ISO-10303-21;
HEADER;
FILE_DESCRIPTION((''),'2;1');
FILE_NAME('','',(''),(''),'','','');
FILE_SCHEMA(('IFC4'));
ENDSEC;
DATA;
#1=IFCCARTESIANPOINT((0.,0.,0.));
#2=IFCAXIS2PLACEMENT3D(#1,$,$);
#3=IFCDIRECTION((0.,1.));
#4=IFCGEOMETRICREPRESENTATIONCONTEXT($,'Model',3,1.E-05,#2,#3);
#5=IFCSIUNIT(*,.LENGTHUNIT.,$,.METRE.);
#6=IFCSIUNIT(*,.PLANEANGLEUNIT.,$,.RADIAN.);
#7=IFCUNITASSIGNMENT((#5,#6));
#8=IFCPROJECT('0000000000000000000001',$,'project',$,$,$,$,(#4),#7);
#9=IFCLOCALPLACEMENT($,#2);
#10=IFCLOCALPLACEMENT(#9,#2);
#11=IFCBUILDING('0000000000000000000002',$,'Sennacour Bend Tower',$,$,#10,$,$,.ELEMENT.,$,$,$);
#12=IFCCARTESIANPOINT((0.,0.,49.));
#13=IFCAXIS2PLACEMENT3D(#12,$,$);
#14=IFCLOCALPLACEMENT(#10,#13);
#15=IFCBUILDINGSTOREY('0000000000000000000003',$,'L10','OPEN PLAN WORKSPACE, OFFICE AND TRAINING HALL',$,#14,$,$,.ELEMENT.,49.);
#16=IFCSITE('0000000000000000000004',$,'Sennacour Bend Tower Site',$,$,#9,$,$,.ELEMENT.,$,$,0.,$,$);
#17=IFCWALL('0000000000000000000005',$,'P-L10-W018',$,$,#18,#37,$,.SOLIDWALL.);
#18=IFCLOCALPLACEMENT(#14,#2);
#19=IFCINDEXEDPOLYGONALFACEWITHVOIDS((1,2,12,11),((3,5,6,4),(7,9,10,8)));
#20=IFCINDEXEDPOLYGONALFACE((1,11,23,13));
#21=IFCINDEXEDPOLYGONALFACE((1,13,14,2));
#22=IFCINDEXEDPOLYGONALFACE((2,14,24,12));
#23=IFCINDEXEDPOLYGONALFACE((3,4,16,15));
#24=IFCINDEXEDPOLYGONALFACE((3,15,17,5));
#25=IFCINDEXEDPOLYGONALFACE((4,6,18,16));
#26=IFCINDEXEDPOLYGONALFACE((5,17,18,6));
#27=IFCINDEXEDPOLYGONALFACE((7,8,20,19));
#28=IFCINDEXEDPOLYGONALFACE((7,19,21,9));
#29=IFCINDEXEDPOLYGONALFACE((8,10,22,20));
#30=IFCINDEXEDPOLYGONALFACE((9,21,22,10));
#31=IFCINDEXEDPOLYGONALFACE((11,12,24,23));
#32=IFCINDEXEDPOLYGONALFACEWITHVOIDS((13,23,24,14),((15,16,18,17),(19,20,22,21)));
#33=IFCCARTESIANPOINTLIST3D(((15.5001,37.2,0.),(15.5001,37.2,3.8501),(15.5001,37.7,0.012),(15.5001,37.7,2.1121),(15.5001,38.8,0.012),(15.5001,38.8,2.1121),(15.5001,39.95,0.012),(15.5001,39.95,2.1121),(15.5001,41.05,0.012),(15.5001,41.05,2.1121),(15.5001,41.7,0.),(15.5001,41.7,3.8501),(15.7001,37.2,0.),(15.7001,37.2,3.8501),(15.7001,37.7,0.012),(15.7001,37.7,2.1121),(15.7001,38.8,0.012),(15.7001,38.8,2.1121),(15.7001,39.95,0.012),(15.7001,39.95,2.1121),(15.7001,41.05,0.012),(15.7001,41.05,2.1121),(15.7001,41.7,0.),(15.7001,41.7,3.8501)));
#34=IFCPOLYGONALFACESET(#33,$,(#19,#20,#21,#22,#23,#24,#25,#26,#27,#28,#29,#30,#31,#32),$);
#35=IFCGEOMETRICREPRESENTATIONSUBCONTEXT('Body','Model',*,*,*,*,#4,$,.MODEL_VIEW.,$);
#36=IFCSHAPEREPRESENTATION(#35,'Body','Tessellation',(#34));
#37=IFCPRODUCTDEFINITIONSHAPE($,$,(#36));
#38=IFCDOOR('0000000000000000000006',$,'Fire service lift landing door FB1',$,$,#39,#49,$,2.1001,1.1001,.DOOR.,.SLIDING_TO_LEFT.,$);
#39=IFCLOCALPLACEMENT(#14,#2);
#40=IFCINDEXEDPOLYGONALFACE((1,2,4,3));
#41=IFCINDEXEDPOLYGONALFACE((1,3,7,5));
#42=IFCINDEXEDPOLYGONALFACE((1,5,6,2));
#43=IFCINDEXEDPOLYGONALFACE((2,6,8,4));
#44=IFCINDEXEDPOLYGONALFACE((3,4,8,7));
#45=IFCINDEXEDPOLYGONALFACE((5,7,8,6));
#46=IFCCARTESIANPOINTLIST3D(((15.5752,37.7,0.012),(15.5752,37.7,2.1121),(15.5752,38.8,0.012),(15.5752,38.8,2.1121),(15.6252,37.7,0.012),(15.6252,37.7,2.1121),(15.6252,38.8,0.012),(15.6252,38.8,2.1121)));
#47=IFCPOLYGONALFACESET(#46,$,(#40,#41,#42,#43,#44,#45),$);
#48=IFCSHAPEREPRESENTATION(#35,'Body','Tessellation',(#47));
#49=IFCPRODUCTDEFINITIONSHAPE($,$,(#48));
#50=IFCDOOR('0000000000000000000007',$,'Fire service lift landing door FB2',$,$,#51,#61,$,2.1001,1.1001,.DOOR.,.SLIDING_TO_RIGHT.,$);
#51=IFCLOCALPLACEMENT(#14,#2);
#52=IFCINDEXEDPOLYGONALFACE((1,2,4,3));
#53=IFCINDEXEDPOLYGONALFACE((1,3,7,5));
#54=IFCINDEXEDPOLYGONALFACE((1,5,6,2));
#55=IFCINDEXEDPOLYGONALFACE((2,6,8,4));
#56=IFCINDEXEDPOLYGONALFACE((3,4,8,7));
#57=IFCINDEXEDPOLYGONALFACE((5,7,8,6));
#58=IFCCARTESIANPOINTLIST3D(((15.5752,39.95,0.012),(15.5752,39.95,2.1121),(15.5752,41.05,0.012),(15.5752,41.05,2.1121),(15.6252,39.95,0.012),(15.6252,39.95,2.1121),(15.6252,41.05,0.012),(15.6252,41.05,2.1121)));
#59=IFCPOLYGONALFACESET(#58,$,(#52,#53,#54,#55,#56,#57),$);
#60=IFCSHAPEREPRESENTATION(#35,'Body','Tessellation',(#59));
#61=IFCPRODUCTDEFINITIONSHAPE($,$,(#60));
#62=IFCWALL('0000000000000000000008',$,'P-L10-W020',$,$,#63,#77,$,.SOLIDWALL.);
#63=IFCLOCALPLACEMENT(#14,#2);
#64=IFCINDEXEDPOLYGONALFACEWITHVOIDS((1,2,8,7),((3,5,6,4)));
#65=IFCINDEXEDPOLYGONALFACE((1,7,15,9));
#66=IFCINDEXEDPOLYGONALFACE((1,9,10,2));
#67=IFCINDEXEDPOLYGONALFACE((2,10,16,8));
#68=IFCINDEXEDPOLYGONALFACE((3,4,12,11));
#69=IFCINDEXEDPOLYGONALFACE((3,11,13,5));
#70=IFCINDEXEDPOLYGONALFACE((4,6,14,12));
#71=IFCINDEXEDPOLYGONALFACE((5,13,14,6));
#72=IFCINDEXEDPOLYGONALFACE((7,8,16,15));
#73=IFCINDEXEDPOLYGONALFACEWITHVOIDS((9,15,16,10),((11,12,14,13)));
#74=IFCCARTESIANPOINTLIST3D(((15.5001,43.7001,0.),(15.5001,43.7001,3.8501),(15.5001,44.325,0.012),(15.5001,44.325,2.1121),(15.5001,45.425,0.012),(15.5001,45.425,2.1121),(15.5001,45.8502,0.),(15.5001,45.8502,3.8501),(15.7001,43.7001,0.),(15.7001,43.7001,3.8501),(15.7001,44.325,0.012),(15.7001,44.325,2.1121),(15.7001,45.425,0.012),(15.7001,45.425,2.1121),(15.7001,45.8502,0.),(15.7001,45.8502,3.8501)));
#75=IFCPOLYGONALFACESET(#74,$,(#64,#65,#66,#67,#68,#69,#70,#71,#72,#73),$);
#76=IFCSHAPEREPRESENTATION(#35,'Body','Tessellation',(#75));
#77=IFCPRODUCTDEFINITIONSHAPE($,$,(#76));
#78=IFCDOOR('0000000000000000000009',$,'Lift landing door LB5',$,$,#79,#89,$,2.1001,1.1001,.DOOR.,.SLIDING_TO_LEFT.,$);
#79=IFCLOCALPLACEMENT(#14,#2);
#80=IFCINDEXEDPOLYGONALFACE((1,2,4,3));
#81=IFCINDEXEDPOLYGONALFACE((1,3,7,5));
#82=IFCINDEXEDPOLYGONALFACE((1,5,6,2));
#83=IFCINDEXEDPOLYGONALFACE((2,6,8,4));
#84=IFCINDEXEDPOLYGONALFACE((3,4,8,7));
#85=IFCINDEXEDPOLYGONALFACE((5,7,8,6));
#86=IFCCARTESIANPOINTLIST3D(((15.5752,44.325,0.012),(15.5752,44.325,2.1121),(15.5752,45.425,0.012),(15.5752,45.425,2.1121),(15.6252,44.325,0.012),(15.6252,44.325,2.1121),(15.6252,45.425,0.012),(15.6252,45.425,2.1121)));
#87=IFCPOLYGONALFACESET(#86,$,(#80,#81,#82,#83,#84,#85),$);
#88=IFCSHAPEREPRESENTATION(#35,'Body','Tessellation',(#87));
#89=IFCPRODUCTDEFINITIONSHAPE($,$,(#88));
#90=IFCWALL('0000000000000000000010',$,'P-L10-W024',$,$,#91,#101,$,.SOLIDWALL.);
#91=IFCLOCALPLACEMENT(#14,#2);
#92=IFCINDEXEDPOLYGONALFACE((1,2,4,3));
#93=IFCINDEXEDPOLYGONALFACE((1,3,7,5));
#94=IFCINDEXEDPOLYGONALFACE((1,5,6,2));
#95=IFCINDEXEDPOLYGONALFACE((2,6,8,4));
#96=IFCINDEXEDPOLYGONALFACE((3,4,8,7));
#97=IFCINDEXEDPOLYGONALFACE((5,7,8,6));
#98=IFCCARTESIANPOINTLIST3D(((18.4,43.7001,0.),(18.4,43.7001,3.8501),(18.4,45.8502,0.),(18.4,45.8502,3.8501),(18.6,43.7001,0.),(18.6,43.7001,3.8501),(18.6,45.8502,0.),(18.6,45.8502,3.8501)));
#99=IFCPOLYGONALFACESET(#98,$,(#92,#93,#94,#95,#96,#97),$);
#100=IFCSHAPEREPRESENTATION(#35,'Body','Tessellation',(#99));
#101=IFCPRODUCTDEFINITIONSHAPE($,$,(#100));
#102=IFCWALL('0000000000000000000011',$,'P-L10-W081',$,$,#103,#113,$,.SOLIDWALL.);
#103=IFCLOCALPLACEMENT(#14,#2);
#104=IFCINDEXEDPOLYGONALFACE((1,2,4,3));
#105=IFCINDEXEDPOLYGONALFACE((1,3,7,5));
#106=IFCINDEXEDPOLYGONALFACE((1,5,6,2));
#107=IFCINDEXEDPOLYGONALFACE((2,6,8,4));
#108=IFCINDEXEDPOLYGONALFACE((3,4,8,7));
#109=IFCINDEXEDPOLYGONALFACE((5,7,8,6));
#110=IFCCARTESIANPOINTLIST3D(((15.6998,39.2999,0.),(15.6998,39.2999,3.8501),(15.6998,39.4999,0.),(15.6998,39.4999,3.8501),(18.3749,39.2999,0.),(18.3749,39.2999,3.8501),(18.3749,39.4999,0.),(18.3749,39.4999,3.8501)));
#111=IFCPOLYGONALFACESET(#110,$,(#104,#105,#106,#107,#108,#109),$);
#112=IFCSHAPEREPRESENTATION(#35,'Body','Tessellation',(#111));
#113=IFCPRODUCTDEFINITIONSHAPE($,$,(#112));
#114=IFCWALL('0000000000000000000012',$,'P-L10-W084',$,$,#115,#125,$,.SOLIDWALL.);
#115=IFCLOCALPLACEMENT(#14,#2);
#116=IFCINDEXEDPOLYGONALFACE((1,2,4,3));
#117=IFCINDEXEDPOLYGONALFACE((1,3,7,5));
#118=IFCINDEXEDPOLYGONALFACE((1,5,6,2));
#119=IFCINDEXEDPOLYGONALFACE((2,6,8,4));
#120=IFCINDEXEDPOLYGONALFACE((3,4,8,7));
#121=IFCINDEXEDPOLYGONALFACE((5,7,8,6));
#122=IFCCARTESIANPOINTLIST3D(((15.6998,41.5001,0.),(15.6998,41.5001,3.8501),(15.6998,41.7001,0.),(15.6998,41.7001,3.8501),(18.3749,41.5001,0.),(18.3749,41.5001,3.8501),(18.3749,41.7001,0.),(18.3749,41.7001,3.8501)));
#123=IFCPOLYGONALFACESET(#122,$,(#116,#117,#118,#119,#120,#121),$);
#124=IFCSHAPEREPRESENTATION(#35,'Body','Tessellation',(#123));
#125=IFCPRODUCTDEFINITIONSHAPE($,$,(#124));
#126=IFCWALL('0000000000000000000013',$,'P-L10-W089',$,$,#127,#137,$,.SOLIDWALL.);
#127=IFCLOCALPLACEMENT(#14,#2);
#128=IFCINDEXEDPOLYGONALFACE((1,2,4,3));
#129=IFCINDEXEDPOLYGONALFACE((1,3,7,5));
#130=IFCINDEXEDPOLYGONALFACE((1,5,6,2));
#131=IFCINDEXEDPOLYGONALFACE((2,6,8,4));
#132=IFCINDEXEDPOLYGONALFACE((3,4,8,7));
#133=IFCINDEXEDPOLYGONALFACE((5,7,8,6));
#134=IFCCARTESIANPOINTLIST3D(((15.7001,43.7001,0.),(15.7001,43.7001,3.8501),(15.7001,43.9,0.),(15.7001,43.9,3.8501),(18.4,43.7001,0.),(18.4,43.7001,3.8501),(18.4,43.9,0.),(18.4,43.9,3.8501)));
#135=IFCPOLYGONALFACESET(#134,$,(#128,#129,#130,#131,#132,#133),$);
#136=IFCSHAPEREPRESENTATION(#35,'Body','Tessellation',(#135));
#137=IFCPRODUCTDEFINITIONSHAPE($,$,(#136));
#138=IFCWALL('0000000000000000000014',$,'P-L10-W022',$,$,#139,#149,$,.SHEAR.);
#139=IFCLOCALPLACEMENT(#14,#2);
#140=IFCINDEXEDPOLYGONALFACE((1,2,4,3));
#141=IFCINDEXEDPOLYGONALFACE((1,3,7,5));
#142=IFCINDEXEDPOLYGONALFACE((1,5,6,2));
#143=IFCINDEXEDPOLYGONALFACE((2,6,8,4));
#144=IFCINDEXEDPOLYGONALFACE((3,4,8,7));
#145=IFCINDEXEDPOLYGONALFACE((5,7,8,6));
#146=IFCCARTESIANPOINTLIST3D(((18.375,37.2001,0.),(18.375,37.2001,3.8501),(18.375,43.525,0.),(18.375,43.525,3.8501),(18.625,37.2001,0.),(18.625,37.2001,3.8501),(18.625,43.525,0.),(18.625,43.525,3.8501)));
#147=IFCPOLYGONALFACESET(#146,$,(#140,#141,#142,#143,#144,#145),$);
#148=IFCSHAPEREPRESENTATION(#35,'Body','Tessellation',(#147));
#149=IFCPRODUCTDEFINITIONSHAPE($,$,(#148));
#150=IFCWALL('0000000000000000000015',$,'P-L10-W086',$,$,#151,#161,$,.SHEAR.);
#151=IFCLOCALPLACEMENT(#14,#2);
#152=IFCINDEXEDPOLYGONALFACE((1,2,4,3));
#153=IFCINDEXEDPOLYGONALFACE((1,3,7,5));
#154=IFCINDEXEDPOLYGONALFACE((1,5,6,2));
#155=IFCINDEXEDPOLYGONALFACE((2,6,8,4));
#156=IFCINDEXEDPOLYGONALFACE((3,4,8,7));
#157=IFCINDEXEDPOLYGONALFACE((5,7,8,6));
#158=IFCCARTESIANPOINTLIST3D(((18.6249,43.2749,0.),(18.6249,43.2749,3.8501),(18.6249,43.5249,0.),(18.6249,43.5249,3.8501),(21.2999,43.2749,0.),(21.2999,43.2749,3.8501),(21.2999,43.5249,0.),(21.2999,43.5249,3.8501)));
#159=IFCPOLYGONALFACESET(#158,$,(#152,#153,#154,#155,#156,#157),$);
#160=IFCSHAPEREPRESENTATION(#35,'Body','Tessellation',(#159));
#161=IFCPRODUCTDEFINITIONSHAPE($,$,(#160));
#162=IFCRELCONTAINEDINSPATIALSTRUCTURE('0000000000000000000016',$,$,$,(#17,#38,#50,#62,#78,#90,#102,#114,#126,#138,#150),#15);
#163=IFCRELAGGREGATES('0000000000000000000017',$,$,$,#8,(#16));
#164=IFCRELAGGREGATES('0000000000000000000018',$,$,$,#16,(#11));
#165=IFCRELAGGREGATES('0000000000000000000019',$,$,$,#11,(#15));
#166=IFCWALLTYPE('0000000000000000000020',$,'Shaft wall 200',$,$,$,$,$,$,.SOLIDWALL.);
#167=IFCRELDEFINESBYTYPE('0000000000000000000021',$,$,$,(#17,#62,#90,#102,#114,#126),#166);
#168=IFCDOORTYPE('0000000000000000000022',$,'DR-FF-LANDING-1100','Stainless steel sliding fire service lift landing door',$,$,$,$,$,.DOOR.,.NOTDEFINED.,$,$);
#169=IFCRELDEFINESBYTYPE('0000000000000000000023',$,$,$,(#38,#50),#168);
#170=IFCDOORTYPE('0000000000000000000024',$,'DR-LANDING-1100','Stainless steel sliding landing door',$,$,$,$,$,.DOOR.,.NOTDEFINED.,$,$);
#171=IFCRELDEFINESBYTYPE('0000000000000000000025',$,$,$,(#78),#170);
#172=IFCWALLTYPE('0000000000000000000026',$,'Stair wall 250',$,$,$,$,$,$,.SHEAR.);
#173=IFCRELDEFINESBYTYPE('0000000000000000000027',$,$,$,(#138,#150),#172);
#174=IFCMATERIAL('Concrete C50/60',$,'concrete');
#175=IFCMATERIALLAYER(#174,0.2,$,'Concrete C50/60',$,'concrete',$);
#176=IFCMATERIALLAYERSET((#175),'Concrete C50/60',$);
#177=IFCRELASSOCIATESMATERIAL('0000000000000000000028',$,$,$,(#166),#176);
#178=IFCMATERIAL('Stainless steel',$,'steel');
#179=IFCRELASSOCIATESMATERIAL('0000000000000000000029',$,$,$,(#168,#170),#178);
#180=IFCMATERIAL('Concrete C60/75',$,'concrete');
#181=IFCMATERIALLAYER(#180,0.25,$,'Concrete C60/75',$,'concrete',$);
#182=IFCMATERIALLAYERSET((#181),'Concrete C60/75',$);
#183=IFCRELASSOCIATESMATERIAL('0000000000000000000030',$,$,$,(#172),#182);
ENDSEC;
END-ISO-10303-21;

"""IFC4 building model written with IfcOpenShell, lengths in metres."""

from ifc_helpers import new_model, si_unit, direction, frame, frame_2d, origin, place, context, subcontext, project, spatial, rectangle, extrude, material, layer, layer_set, type_object, element, fill, save


model = new_model("IFC4")

# Units and contexts
model_context = context("Model", 3, precision=1e-05, world=origin(), true_north=direction((0.0, 1.0)))
body_context = subcontext(model_context, "Body", "Model", "MODEL_VIEW")
ifc_project = project(units=[si_unit("LENGTHUNIT", "METRE"), si_unit("PLANEANGLEUNIT", "RADIAN")], contexts=[model_context])

# Site, building, storey
site_placement = place(None, origin())
site = spatial("IfcSite", under=ifc_project, at=site_placement, Name="Sennacour Bend Tower Site", CompositionType="ELEMENT", RefElevation=0.0)
building_placement = place(site_placement, origin())
building = spatial("IfcBuilding", under=site, at=building_placement, Name="Sennacour Bend Tower", CompositionType="ELEMENT")
storey_placement = place(building_placement, frame((0.0, 0.0, 49.0)))
storey = spatial("IfcBuildingStorey", under=building, at=storey_placement, Name="L10", Description="OPEN PLAN WORKSPACE, OFFICE AND TRAINING HALL", CompositionType="ELEMENT", Elevation=49.0)

# Wall, openings, doors
ifc_material_1 = material(Name="Concrete C50/60", Category="concrete")
ifc_layer_1 = layer(ifc_material_1, 0.2, Name="Concrete C50/60", Category="concrete")
ifc_layer_set_1 = layer_set([ifc_layer_1], Name="Concrete C50/60")
wall_type_1 = type_object("IfcWallType", Name="Shaft wall 200", PredefinedType="SOLIDWALL", material=ifc_layer_set_1)
wall_1_placement = place(storey_placement, frame((15.6001, 37.2, 0.0), z_axis=(0.0, 0.0, 1.0), x_axis=(0.0, 1.0, 0.0)))
wall_1 = element("IfcWall", 1, at=wall_1_placement, inside=storey, type_object=wall_type_1, Name="P-L10-W018", PredefinedType="SOLIDWALL", context=body_context, shape_type="SweptSolid", body=[
    extrude(rectangle(XDim=4.5, YDim=0.2, at=frame_2d((2.25, 0.0))), origin(), (0.0, 0.0, 1.0), 3.8501),
])
opening_1_placement = place(wall_1_placement, frame((0.5, 0.0, 0.012)))
opening_1 = element("IfcOpeningElement", 2, at=opening_1_placement, cuts=wall_1, PredefinedType="OPENING", context=body_context, shape_type="SweptSolid", body=[
    extrude(rectangle(XDim=1.1001, YDim=2.1001, at=frame_2d((0.55, 1.05))), frame((0.0, 0.1099, 0.0), z_axis=(0.0, -1.0, 0.0), x_axis=(1.0, 0.0, 0.0)), (0.0, 0.0, 1.0), 0.22),
])
opening_2_placement = place(wall_1_placement, frame((2.75, 0.0, 0.012)))
opening_2 = element("IfcOpeningElement", 3, at=opening_2_placement, cuts=wall_1, PredefinedType="OPENING", context=body_context, shape_type="SweptSolid", body=[
    extrude(rectangle(XDim=1.1001, YDim=2.1001, at=frame_2d((0.55, 1.05))), frame((0.0, 0.1099, 0.0), z_axis=(0.0, -1.0, 0.0), x_axis=(1.0, 0.0, 0.0)), (0.0, 0.0, 1.0), 0.22),
])
ifc_material_2 = material(Name="Stainless steel", Category="steel")
door_type_1 = type_object("IfcDoorType", Name="DR-FF-LANDING-1100", Description="Stainless steel sliding fire service lift landing door", OperationType="NOTDEFINED", PredefinedType="DOOR", material=ifc_material_2)
door_1_placement = place(opening_1_placement, origin())
door_1 = element("IfcDoor", 4, at=door_1_placement, inside=storey, type_object=door_type_1, Name="Fire service lift landing door FB1", OperationType="SLIDING_TO_LEFT", OverallHeight=2.1001, OverallWidth=1.1001, PredefinedType="DOOR", context=body_context, shape_type="SweptSolid", body=[
    extrude(rectangle(XDim=1.1001, YDim=2.1001, at=frame_2d((0.55, 1.05))), frame((0.0, 0.0249, 0.0), z_axis=(0.0, -1.0, 0.0), x_axis=(1.0, 0.0, 0.0)), (0.0, 0.0, 1.0), 0.05),
])
fill(opening_1, door_1)
door_2_placement = place(opening_2_placement, origin())
door_2 = element("IfcDoor", 5, at=door_2_placement, inside=storey, type_object=door_type_1, Name="Fire service lift landing door FB2", OperationType="SLIDING_TO_RIGHT", OverallHeight=2.1001, OverallWidth=1.1001, PredefinedType="DOOR", context=body_context, shape_type="SweptSolid", body=[
    extrude(rectangle(XDim=1.1001, YDim=2.1001, at=frame_2d((0.55, 1.05))), frame((0.0, 0.0249, 0.0), z_axis=(0.0, -1.0, 0.0), x_axis=(1.0, 0.0, 0.0)), (0.0, 0.0, 1.0), 0.05),
])
fill(opening_2, door_2)

# Wall, opening, door
wall_2_placement = place(storey_placement, frame((15.6001, 43.7, 0.0), z_axis=(0.0, 0.0, 1.0), x_axis=(0.0, 1.0, 0.0)))
wall_2 = element("IfcWall", 6, at=wall_2_placement, inside=storey, type_object=wall_type_1, Name="P-L10-W020", PredefinedType="SOLIDWALL", context=body_context, shape_type="SweptSolid", body=[
    extrude(rectangle(XDim=2.1501, YDim=0.2, at=frame_2d((1.0752, 0.0))), origin(), (0.0, 0.0, 1.0), 3.8501),
])
opening_3_placement = place(wall_2_placement, frame((0.625, 0.0, 0.012)))
opening_3 = element("IfcOpeningElement", 7, at=opening_3_placement, cuts=wall_2, PredefinedType="OPENING", context=body_context, shape_type="SweptSolid", body=[
    extrude(rectangle(XDim=1.1001, YDim=2.1001, at=frame_2d((0.55, 1.05))), frame((0.0, 0.1099, 0.0), z_axis=(0.0, -1.0, 0.0), x_axis=(1.0, 0.0, 0.0)), (0.0, 0.0, 1.0), 0.22),
])
door_type_2 = type_object("IfcDoorType", Name="DR-LANDING-1100", Description="Stainless steel sliding landing door", OperationType="NOTDEFINED", PredefinedType="DOOR", material=ifc_material_2)
door_3_placement = place(opening_3_placement, origin())
door_3 = element("IfcDoor", 8, at=door_3_placement, inside=storey, type_object=door_type_2, Name="Lift landing door LB5", OperationType="SLIDING_TO_LEFT", OverallHeight=2.1001, OverallWidth=1.1001, PredefinedType="DOOR", context=body_context, shape_type="SweptSolid", body=[
    extrude(rectangle(XDim=1.1001, YDim=2.1001, at=frame_2d((0.55, 1.05))), frame((0.0, 0.0249, 0.0), z_axis=(0.0, -1.0, 0.0), x_axis=(1.0, 0.0, 0.0)), (0.0, 0.0, 1.0), 0.05),
])
fill(opening_3, door_3)

# Walls
wall_3_placement = place(storey_placement, frame((18.5, 43.7, 0.0), z_axis=(0.0, 0.0, 1.0), x_axis=(0.0, 1.0, 0.0)))
element("IfcWall", 9, at=wall_3_placement, inside=storey, type_object=wall_type_1, Name="P-L10-W024", PredefinedType="SOLIDWALL", context=body_context, shape_type="SweptSolid", body=[
    extrude(rectangle(XDim=2.1501, YDim=0.2, at=frame_2d((1.0752, 0.0))), origin(), (0.0, 0.0, 1.0), 3.8501),
])
for number, where, z_axis, x_axis, name in (
    (10, (15.7, 39.3999, 0.0), (0.0, 0.0, 1.0), (1.0, 0.0, 0.0), "P-L10-W081"),
    (11, (15.7, 41.6001, 0.0), (0.0, 0.0, 1.0), (1.0, 0.0, 0.0), "P-L10-W084"),
):
    element("IfcWall", number, at=place(storey_placement, frame(where, z_axis=z_axis, x_axis=x_axis)), inside=storey, type_object=wall_type_1, Name=name, PredefinedType="SOLIDWALL", context=body_context, shape_type="SweptSolid", body=[
        extrude(rectangle(XDim=2.675, YDim=0.2, at=frame_2d((1.3374, 0.0))), origin(), (0.0, 0.0, 1.0), 3.8501),
    ])
wall_4_placement = place(storey_placement, frame((15.7, 43.8, 0.0), z_axis=(0.0, 0.0, 1.0), x_axis=(1.0, 0.0, 0.0)))
element("IfcWall", 12, at=wall_4_placement, inside=storey, type_object=wall_type_1, Name="P-L10-W089", PredefinedType="SOLIDWALL", context=body_context, shape_type="SweptSolid", body=[
    extrude(rectangle(XDim=2.7, YDim=0.2, at=frame_2d((1.3501, 0.0))), origin(), (0.0, 0.0, 1.0), 3.8501),
])
ifc_material_3 = material(Name="Concrete C60/75", Category="concrete")
ifc_layer_2 = layer(ifc_material_3, 0.25, Name="Concrete C60/75", Category="concrete")
ifc_layer_set_2 = layer_set([ifc_layer_2], Name="Concrete C60/75")
wall_type_2 = type_object("IfcWallType", Name="Stair wall 250", PredefinedType="SHEAR", material=ifc_layer_set_2)
wall_5_placement = place(storey_placement, frame((18.5, 37.2, 0.0), z_axis=(0.0, 0.0, 1.0), x_axis=(0.0, 1.0, 0.0)))
element("IfcWall", 13, at=wall_5_placement, inside=storey, type_object=wall_type_2, Name="P-L10-W022", PredefinedType="SHEAR", context=body_context, shape_type="SweptSolid", body=[
    extrude(rectangle(XDim=6.325, YDim=0.25, at=frame_2d((3.1626, 0.0))), origin(), (0.0, 0.0, 1.0), 3.8501),
])
wall_6_placement = place(storey_placement, frame((18.625, 43.3999, 0.0), z_axis=(0.0, 0.0, 1.0), x_axis=(1.0, 0.0, 0.0)))
element("IfcWall", 14, at=wall_6_placement, inside=storey, type_object=wall_type_2, Name="P-L10-W086", PredefinedType="SHEAR", context=body_context, shape_type="SweptSolid", body=[
    extrude(rectangle(XDim=2.675, YDim=0.25, at=frame_2d((1.3374, 0.0))), origin(), (0.0, 0.0, 1.0), 3.8501),
])

save(model, "model.ifc")
